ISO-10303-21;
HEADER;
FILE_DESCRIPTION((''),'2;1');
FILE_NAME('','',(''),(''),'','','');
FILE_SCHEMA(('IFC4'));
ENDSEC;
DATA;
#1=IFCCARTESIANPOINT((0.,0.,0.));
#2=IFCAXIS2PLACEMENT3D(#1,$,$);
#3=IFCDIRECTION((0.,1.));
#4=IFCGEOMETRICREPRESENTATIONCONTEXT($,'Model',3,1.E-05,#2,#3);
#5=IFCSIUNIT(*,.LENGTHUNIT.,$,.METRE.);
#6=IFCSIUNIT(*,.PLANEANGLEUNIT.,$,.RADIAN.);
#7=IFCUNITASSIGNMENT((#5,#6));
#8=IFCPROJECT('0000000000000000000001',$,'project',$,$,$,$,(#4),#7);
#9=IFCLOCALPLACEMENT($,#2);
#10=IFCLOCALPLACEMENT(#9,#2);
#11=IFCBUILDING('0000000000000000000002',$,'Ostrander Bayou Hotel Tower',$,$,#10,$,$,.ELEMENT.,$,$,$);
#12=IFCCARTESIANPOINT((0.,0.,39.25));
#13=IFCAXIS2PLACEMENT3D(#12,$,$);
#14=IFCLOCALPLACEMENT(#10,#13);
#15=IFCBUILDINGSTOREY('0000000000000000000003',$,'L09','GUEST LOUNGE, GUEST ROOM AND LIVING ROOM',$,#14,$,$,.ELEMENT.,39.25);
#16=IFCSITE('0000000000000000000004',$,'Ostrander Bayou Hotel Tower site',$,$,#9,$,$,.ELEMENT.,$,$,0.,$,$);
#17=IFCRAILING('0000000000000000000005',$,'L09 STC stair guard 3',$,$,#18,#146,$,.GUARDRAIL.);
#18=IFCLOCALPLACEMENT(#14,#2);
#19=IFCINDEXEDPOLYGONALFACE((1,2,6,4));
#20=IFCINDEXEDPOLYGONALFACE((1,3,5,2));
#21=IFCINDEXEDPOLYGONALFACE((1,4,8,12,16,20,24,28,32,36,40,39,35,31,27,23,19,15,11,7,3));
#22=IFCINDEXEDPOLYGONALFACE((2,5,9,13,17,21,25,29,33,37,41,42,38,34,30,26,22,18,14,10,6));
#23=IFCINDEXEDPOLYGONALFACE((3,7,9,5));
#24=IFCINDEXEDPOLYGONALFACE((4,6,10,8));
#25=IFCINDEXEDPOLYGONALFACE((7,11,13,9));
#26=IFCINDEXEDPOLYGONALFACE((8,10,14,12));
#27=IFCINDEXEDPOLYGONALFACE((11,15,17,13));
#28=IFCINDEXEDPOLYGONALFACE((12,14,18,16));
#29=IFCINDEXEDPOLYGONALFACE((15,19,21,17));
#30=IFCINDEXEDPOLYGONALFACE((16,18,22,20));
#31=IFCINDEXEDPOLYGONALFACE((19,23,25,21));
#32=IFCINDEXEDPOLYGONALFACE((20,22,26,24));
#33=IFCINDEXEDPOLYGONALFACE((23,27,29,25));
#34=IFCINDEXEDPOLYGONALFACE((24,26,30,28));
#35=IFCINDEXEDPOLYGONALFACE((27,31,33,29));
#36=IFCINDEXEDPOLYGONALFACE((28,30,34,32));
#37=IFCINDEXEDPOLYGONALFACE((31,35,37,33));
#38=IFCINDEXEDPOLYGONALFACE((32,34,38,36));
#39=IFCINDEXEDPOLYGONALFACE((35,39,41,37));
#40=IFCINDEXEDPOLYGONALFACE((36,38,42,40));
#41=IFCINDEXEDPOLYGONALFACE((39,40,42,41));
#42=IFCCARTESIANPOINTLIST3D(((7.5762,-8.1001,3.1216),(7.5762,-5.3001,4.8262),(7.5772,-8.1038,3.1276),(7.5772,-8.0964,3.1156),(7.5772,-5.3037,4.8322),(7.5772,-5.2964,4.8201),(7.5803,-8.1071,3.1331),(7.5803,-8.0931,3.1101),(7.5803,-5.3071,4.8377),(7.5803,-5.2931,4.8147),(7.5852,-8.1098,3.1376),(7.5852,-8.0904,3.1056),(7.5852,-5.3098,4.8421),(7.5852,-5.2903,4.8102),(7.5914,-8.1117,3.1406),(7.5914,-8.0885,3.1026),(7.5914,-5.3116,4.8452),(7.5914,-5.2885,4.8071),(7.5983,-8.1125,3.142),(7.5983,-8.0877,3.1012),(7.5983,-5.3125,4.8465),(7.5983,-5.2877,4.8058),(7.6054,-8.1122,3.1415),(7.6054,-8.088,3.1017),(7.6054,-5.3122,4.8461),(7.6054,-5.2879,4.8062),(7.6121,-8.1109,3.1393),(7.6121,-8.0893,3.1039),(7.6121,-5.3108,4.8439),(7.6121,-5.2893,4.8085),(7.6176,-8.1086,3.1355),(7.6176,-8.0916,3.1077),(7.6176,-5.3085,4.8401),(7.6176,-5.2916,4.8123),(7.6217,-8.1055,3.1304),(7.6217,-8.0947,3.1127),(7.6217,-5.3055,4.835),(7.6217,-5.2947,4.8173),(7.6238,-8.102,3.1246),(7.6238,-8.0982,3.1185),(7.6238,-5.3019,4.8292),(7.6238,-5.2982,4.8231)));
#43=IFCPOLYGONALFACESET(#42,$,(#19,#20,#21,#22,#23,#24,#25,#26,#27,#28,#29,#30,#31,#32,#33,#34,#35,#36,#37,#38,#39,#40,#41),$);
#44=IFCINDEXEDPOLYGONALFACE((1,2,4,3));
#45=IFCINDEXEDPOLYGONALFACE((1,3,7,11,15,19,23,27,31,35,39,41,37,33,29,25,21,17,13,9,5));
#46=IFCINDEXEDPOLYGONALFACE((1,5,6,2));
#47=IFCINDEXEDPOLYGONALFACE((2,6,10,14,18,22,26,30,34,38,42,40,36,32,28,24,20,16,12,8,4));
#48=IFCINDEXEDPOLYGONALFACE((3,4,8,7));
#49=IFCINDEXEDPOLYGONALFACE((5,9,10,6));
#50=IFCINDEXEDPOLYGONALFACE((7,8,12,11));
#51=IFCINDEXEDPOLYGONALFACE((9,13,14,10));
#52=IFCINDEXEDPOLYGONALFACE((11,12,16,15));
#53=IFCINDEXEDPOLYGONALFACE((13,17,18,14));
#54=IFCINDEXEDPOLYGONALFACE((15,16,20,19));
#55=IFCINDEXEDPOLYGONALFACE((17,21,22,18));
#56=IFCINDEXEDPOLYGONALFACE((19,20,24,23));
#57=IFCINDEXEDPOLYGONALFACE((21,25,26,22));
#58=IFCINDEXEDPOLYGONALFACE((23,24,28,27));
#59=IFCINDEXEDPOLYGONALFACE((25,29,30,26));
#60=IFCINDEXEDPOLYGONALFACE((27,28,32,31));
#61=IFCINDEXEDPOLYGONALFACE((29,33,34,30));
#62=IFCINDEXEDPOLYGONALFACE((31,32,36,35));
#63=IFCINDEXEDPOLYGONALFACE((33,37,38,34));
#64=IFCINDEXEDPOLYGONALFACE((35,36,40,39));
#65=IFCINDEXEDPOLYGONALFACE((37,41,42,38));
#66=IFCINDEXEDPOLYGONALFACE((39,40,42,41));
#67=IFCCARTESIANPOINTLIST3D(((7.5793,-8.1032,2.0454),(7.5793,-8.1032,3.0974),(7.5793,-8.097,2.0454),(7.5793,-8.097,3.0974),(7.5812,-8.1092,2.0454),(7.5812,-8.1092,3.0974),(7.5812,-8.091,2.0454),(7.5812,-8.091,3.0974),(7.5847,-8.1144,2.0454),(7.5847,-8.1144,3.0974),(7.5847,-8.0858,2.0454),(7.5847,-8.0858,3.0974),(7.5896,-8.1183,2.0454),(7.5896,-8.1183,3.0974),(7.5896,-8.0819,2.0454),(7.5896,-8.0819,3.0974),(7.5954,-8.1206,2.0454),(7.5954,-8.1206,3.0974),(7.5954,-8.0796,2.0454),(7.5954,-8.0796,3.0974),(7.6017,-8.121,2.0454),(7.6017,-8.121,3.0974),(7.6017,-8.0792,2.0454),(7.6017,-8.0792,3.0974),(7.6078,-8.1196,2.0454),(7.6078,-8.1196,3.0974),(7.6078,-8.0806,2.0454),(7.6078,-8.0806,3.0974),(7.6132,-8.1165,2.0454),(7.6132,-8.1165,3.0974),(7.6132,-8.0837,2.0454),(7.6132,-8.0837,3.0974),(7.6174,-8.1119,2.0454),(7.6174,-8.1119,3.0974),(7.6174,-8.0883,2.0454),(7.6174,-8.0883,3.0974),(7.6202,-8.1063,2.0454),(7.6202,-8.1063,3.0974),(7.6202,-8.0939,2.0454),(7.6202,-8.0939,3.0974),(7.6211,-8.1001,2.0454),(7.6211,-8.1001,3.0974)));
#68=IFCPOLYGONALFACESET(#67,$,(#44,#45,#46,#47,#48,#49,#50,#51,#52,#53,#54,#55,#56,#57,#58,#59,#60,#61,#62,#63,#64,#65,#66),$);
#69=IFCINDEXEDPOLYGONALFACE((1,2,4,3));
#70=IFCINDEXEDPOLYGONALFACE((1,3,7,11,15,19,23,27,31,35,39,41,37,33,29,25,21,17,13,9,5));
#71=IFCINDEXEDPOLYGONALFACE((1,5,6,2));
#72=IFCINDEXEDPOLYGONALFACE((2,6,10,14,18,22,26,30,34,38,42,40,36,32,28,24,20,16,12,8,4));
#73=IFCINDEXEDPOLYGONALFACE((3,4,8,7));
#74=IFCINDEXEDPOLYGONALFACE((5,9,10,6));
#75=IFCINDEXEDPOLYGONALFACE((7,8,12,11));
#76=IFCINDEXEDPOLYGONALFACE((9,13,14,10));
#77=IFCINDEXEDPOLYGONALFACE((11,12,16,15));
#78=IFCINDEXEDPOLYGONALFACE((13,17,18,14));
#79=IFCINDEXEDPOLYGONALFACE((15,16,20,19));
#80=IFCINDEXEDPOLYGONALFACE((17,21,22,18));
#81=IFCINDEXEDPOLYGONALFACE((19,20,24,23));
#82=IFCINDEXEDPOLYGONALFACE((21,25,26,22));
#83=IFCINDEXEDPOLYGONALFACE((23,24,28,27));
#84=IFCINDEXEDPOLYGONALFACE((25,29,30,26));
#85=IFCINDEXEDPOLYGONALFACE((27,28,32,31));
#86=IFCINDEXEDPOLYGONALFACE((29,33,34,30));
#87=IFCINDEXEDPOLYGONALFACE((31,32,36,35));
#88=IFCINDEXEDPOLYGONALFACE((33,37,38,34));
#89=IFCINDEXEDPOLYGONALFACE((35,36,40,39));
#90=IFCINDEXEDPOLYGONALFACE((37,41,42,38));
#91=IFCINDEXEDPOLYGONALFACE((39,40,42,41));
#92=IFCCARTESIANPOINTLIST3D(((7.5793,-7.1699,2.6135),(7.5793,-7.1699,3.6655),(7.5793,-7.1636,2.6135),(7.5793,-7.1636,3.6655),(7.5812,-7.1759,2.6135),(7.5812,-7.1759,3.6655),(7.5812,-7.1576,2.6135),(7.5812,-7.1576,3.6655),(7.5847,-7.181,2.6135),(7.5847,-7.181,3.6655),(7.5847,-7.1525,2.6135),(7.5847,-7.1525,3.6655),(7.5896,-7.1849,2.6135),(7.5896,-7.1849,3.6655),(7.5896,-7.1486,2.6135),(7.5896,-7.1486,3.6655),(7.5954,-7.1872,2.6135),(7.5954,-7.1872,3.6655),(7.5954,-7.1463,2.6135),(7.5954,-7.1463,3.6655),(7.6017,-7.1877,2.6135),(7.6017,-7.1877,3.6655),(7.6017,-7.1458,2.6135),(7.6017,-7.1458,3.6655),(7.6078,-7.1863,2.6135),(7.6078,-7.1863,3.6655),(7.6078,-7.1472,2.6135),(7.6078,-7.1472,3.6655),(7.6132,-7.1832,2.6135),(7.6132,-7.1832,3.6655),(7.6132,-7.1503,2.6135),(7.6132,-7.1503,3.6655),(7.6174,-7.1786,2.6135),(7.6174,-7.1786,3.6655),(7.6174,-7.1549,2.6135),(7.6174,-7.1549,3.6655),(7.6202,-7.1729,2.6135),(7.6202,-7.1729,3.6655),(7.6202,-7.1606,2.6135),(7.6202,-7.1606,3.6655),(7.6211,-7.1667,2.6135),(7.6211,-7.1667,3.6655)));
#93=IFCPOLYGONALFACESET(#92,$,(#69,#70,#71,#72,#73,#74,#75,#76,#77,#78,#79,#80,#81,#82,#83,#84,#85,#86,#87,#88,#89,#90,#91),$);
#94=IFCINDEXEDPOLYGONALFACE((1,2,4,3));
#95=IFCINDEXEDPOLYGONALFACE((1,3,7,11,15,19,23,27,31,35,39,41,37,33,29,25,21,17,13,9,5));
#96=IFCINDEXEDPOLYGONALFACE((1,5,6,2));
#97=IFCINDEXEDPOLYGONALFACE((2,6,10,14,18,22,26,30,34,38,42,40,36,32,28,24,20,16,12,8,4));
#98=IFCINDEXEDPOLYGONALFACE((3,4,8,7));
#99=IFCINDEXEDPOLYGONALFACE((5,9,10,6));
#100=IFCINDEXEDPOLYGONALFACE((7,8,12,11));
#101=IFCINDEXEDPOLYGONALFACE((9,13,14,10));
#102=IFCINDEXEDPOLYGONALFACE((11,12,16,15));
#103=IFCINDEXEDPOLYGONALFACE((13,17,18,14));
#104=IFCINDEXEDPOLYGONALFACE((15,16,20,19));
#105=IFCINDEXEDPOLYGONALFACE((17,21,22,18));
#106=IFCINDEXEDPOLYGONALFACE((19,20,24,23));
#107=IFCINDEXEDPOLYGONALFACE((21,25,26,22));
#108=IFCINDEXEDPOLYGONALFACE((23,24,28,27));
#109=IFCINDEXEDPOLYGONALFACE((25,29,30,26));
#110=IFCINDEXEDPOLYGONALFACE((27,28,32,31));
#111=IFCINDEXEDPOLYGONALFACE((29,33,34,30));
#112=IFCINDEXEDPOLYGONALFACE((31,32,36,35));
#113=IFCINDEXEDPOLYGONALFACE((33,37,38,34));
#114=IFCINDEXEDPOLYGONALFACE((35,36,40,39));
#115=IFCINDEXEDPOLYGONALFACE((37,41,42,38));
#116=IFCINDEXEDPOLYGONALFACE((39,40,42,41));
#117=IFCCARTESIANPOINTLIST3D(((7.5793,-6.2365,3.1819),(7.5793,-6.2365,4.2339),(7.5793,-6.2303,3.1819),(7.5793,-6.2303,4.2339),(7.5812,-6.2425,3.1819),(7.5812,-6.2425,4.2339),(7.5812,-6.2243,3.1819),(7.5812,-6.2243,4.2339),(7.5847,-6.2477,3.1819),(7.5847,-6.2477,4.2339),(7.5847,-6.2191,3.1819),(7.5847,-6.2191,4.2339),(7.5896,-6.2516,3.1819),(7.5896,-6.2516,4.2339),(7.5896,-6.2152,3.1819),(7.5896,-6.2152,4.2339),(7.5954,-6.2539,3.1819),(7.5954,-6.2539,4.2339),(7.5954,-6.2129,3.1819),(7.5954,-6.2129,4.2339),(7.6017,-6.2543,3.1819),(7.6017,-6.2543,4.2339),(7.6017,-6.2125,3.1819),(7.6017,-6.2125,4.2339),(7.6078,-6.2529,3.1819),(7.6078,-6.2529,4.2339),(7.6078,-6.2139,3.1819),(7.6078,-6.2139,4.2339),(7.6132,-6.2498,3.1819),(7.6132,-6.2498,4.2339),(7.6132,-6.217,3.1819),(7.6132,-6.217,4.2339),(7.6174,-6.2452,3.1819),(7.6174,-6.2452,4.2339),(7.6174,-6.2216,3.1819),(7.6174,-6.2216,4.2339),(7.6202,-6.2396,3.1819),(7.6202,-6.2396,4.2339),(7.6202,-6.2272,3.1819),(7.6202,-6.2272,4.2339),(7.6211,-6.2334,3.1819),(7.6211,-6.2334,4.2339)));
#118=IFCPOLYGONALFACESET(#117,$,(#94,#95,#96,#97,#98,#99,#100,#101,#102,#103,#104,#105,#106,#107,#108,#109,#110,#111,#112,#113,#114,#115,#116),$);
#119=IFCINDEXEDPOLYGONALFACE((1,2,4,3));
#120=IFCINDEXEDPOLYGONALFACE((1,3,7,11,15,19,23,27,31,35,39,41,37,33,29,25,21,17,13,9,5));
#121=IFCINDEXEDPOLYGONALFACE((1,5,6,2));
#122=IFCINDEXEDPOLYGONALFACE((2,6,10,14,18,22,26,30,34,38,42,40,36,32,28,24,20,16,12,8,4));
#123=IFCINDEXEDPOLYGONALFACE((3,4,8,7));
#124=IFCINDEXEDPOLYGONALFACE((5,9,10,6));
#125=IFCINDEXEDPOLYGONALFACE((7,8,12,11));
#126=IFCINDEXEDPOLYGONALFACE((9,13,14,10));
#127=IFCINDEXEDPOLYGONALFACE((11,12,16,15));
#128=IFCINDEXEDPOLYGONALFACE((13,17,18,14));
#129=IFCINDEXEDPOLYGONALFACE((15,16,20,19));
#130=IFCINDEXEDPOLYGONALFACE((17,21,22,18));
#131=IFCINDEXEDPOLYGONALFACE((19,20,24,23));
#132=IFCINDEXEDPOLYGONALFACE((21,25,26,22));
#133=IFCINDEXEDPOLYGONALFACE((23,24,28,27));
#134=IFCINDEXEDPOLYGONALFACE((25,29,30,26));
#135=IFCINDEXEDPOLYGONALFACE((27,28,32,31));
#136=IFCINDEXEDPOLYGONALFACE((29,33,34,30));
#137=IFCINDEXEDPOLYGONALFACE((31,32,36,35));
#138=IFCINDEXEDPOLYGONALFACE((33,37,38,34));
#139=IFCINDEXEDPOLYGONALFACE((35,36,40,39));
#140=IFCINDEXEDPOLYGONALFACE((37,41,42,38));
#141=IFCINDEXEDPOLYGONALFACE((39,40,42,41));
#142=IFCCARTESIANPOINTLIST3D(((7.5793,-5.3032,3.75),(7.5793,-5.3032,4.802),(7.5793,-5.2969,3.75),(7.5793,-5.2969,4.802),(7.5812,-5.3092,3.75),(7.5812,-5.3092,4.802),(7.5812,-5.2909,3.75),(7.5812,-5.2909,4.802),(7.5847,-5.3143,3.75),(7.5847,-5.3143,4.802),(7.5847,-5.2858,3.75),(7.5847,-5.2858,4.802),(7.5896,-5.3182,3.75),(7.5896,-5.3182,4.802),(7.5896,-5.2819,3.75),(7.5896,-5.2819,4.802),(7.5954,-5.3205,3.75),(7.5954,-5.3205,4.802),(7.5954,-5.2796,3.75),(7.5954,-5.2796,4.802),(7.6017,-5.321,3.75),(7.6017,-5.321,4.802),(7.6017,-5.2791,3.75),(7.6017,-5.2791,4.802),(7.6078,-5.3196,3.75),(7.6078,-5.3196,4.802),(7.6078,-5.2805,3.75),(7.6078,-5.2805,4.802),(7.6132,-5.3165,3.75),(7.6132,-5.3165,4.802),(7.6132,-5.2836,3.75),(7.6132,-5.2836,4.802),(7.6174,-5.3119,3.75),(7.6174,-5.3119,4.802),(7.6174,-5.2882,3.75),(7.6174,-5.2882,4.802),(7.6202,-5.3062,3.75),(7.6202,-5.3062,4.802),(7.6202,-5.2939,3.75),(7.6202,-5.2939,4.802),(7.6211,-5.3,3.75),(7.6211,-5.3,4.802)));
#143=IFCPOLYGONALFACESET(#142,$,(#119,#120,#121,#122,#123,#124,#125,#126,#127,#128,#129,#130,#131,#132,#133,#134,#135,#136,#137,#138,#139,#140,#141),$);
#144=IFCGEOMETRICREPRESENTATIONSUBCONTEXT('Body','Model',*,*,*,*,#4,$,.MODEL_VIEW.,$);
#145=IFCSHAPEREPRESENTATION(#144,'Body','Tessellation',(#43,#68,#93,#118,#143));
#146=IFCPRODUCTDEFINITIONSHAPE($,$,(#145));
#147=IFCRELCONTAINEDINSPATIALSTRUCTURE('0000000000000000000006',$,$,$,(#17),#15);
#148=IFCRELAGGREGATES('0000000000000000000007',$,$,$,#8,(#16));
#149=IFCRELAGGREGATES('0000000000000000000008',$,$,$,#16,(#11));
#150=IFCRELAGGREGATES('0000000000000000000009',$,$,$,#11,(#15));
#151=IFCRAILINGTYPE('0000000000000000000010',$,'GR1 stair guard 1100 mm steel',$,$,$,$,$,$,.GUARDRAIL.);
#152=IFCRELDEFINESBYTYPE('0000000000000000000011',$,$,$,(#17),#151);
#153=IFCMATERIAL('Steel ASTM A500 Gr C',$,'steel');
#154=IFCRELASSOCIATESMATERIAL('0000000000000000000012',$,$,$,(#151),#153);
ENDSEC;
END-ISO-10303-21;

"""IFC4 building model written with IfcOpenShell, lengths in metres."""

from ifc_helpers import new_model, si_unit, direction, frame, origin, origin_2d, place, context, subcontext, project, spatial, circle, extrude, material, type_object, element, save


model = new_model("IFC4")

# Units and contexts
model_context = context("Model", 3, precision=1e-05, world=origin(), true_north=direction((0.0, 1.0)))
body_context = subcontext(model_context, "Body", "Model", "MODEL_VIEW")
ifc_project = project(units=[si_unit("LENGTHUNIT", "METRE"), si_unit("PLANEANGLEUNIT", "RADIAN")], contexts=[model_context])

# Site, building, storey
site_placement = place(None, origin())
site = spatial("IfcSite", under=ifc_project, at=site_placement, Name="Ostrander Bayou Hotel Tower site", CompositionType="ELEMENT", RefElevation=0.0)
building_placement = place(site_placement, origin())
building = spatial("IfcBuilding", under=site, at=building_placement, Name="Ostrander Bayou Hotel Tower", CompositionType="ELEMENT")
storey_placement = place(building_placement, frame((0.0, 0.0, 39.25)))
storey = spatial("IfcBuildingStorey", under=building, at=storey_placement, Name="L09", Description="GUEST LOUNGE, GUEST ROOM AND LIVING ROOM", CompositionType="ELEMENT", Elevation=39.25)

# Railing
ifc_material_1 = material(Name="Steel ASTM A500 Gr C", Category="steel")
railing_type = type_object("IfcRailingType", Name="GR1 stair guard 1100 mm steel", PredefinedType="GUARDRAIL", material=ifc_material_1)
railing_1_placement = place(storey_placement, frame((7.6001, -8.1001, 2.0454)))
element("IfcRailing", 1, at=railing_1_placement, inside=storey, type_object=railing_type, Name="L09 STC stair guard 3", PredefinedType="GUARDRAIL", context=body_context, shape_type="SweptSolid", body=[
    extrude(circle(Radius=0.0239, at=origin_2d()), frame((0.0, 0.0, 1.0762), z_axis=(0.0, 0.85417, 0.519994), x_axis=(-1.0, 0.0, 0.0)), (0.0, 0.0, 1.0), 3.2781),
    extrude(circle(Radius=0.021, at=origin_2d()), origin(), (0.0, 0.0, 1.0), 1.052),
    extrude(circle(Radius=0.021, at=origin_2d()), frame((0.0, 0.9333, 0.5681)), (0.0, 0.0, 1.0), 1.052),
    extrude(circle(Radius=0.021, at=origin_2d()), frame((0.0, 1.8667, 1.1365)), (0.0, 0.0, 1.0), 1.052),
    extrude(circle(Radius=0.021, at=origin_2d()), frame((0.0, 2.8, 1.7046)), (0.0, 0.0, 1.0), 1.052),
])

save(model, "model.ifc")
